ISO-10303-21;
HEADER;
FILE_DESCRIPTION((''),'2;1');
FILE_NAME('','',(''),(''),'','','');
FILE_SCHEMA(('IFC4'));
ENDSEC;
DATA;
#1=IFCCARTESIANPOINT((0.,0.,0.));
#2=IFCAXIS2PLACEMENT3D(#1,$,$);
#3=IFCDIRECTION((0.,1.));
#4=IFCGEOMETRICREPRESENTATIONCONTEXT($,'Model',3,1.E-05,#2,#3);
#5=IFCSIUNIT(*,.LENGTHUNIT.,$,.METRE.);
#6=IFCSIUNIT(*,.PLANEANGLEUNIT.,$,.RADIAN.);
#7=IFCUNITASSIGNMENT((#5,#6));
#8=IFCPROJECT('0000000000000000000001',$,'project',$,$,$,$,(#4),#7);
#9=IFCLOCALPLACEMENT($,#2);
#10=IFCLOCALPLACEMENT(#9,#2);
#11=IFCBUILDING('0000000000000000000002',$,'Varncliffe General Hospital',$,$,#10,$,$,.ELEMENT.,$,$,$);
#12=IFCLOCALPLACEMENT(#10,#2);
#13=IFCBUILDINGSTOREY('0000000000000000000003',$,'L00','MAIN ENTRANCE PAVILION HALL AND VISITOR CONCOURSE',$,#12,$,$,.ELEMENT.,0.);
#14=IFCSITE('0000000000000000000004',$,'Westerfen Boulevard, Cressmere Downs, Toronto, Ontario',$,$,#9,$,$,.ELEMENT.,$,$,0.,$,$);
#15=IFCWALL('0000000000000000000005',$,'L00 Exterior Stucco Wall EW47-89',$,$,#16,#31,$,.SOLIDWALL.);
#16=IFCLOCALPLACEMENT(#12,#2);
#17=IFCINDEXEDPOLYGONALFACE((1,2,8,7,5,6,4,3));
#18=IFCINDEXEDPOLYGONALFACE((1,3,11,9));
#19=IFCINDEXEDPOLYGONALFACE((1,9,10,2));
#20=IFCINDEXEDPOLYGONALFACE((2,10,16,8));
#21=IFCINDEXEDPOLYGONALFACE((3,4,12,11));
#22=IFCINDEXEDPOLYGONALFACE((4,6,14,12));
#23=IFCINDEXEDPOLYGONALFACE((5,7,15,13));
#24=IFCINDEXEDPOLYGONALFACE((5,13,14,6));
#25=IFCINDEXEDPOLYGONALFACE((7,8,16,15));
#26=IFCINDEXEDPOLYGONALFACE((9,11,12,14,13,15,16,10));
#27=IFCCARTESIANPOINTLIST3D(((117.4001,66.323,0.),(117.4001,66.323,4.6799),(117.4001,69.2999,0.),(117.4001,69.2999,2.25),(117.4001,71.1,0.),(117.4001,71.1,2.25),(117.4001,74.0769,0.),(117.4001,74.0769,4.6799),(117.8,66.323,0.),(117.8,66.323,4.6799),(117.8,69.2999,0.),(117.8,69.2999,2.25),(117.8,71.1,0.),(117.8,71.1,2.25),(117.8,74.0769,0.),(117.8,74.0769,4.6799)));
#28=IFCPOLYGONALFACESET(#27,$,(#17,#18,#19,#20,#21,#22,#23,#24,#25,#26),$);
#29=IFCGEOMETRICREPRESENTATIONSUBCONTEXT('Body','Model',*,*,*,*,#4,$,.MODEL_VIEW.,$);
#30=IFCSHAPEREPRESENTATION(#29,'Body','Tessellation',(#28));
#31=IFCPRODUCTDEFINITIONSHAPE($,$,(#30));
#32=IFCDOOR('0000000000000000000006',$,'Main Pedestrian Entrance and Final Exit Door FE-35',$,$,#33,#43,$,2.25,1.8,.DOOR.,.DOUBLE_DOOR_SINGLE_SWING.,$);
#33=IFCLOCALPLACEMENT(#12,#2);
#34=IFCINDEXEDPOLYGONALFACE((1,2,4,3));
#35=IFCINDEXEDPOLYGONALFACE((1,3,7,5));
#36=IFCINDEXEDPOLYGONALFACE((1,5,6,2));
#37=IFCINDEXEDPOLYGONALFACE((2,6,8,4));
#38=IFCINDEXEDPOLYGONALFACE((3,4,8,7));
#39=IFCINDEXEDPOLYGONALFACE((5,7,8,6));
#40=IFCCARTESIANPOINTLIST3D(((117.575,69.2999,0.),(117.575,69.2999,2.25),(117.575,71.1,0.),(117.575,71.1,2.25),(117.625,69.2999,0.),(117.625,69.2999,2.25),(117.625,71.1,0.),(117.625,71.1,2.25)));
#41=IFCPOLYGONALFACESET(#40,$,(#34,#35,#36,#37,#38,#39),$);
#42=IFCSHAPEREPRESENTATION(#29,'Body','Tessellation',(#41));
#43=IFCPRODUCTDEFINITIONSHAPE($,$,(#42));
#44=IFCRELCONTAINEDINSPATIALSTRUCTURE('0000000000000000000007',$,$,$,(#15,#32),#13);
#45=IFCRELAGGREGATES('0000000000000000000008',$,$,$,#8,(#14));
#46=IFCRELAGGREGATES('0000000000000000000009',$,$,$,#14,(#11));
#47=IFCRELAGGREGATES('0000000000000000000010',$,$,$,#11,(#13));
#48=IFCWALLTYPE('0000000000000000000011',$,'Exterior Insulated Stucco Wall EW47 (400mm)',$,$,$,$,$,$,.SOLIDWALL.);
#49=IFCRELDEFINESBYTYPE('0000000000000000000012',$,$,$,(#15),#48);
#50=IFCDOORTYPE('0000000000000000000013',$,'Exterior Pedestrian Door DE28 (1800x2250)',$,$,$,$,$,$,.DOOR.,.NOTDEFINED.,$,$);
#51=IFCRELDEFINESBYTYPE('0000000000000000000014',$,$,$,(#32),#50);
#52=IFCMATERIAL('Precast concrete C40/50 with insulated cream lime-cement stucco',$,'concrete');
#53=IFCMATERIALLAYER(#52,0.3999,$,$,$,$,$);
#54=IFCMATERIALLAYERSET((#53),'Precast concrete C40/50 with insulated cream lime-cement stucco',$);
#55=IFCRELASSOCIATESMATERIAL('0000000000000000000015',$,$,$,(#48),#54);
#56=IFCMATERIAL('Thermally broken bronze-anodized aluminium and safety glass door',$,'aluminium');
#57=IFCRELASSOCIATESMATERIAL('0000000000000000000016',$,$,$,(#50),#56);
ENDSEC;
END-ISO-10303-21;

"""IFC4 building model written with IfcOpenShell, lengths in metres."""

from ifc_helpers import new_model, si_unit, direction, frame, frame_2d, origin, place, context, subcontext, project, spatial, rectangle, extrude, material, layer, layer_set, type_object, element, fill, save


model = new_model("IFC4")

# Units and contexts
model_context = context("Model", 3, precision=1e-05, world=origin(), true_north=direction((0.0, 1.0)))
body_context = subcontext(model_context, "Body", "Model", "MODEL_VIEW")
ifc_project = project(units=[si_unit("LENGTHUNIT", "METRE"), si_unit("PLANEANGLEUNIT", "RADIAN")], contexts=[model_context])

# Site, building, storey
site_placement = place(None, origin())
site = spatial("IfcSite", under=ifc_project, at=site_placement, Name="Westerfen Boulevard, Cressmere Downs, Toronto, Ontario", CompositionType="ELEMENT", RefElevation=0.0)
building_placement = place(site_placement, origin())
building = spatial("IfcBuilding", under=site, at=building_placement, Name="Varncliffe General Hospital", CompositionType="ELEMENT")
storey_placement = place(building_placement, origin())
storey = spatial("IfcBuildingStorey", under=building, at=storey_placement, Name="L00", Description="MAIN ENTRANCE PAVILION HALL AND VISITOR CONCOURSE", CompositionType="ELEMENT", Elevation=0.0)

# Wall, opening, door
ifc_material_1 = material(Name="Precast concrete C40/50 with insulated cream lime-cement stucco", Category="concrete")
ifc_material_2 = material(Name="Thermally broken bronze-anodized aluminium and safety glass door", Category="aluminium")
ifc_layer_1 = layer(ifc_material_1, 0.3999)
ifc_layer_set_1 = layer_set([ifc_layer_1], Name="Precast concrete C40/50 with insulated cream lime-cement stucco")
wall_type_1 = type_object("IfcWallType", Name="Exterior Insulated Stucco Wall EW47 (400mm)", PredefinedType="SOLIDWALL", material=ifc_layer_set_1)
wall_1_placement = place(storey_placement, frame((117.6001, 74.0769, 0.0), z_axis=(0.0, 0.0, 1.0), x_axis=(0.0, -1.0, 0.0)))
wall_1 = element("IfcWall", 1, at=wall_1_placement, inside=storey, type_object=wall_type_1, Name="L00 Exterior Stucco Wall EW47-89", PredefinedType="SOLIDWALL", context=body_context, shape_type="SweptSolid", body=[
    extrude(rectangle(XDim=7.7539, YDim=0.3999, at=frame_2d((3.877, 0.0))), origin(), (0.0, 0.0, 1.0), 4.6799),
])
opening_1_placement = place(wall_1_placement, frame((2.9771, 0.0, 0.0)))
opening_1 = element("IfcOpeningElement", 2, at=opening_1_placement, cuts=wall_1, PredefinedType="OPENING", context=body_context, shape_type="SweptSolid", body=[
    extrude(rectangle(XDim=1.8, YDim=2.25, at=frame_2d((0.8999, 1.125))), frame((0.0, 0.21, 0.0), z_axis=(0.0, -1.0, 0.0), x_axis=(1.0, 0.0, 0.0)), (0.0, 0.0, 1.0), 0.4199),
])
door_type_1 = type_object("IfcDoorType", Name="Exterior Pedestrian Door DE28 (1800x2250)", OperationType="NOTDEFINED", PredefinedType="DOOR", material=ifc_material_2)
door_1_placement = place(opening_1_placement, origin())
door_1 = element("IfcDoor", 3, at=door_1_placement, inside=storey, type_object=door_type_1, Name="Main Pedestrian Entrance and Final Exit Door FE-35", OperationType="DOUBLE_DOOR_SINGLE_SWING", OverallHeight=2.25, OverallWidth=1.8, PredefinedType="DOOR", context=body_context, shape_type="SweptSolid", body=[
    extrude(rectangle(XDim=1.8, YDim=2.25, at=frame_2d((0.8999, 1.125))), frame((0.0, 0.0249, 0.0), z_axis=(0.0, -1.0, 0.0), x_axis=(1.0, 0.0, 0.0)), (0.0, 0.0, 1.0), 0.05),
])
fill(opening_1, door_1)

save(model, "model.ifc")
